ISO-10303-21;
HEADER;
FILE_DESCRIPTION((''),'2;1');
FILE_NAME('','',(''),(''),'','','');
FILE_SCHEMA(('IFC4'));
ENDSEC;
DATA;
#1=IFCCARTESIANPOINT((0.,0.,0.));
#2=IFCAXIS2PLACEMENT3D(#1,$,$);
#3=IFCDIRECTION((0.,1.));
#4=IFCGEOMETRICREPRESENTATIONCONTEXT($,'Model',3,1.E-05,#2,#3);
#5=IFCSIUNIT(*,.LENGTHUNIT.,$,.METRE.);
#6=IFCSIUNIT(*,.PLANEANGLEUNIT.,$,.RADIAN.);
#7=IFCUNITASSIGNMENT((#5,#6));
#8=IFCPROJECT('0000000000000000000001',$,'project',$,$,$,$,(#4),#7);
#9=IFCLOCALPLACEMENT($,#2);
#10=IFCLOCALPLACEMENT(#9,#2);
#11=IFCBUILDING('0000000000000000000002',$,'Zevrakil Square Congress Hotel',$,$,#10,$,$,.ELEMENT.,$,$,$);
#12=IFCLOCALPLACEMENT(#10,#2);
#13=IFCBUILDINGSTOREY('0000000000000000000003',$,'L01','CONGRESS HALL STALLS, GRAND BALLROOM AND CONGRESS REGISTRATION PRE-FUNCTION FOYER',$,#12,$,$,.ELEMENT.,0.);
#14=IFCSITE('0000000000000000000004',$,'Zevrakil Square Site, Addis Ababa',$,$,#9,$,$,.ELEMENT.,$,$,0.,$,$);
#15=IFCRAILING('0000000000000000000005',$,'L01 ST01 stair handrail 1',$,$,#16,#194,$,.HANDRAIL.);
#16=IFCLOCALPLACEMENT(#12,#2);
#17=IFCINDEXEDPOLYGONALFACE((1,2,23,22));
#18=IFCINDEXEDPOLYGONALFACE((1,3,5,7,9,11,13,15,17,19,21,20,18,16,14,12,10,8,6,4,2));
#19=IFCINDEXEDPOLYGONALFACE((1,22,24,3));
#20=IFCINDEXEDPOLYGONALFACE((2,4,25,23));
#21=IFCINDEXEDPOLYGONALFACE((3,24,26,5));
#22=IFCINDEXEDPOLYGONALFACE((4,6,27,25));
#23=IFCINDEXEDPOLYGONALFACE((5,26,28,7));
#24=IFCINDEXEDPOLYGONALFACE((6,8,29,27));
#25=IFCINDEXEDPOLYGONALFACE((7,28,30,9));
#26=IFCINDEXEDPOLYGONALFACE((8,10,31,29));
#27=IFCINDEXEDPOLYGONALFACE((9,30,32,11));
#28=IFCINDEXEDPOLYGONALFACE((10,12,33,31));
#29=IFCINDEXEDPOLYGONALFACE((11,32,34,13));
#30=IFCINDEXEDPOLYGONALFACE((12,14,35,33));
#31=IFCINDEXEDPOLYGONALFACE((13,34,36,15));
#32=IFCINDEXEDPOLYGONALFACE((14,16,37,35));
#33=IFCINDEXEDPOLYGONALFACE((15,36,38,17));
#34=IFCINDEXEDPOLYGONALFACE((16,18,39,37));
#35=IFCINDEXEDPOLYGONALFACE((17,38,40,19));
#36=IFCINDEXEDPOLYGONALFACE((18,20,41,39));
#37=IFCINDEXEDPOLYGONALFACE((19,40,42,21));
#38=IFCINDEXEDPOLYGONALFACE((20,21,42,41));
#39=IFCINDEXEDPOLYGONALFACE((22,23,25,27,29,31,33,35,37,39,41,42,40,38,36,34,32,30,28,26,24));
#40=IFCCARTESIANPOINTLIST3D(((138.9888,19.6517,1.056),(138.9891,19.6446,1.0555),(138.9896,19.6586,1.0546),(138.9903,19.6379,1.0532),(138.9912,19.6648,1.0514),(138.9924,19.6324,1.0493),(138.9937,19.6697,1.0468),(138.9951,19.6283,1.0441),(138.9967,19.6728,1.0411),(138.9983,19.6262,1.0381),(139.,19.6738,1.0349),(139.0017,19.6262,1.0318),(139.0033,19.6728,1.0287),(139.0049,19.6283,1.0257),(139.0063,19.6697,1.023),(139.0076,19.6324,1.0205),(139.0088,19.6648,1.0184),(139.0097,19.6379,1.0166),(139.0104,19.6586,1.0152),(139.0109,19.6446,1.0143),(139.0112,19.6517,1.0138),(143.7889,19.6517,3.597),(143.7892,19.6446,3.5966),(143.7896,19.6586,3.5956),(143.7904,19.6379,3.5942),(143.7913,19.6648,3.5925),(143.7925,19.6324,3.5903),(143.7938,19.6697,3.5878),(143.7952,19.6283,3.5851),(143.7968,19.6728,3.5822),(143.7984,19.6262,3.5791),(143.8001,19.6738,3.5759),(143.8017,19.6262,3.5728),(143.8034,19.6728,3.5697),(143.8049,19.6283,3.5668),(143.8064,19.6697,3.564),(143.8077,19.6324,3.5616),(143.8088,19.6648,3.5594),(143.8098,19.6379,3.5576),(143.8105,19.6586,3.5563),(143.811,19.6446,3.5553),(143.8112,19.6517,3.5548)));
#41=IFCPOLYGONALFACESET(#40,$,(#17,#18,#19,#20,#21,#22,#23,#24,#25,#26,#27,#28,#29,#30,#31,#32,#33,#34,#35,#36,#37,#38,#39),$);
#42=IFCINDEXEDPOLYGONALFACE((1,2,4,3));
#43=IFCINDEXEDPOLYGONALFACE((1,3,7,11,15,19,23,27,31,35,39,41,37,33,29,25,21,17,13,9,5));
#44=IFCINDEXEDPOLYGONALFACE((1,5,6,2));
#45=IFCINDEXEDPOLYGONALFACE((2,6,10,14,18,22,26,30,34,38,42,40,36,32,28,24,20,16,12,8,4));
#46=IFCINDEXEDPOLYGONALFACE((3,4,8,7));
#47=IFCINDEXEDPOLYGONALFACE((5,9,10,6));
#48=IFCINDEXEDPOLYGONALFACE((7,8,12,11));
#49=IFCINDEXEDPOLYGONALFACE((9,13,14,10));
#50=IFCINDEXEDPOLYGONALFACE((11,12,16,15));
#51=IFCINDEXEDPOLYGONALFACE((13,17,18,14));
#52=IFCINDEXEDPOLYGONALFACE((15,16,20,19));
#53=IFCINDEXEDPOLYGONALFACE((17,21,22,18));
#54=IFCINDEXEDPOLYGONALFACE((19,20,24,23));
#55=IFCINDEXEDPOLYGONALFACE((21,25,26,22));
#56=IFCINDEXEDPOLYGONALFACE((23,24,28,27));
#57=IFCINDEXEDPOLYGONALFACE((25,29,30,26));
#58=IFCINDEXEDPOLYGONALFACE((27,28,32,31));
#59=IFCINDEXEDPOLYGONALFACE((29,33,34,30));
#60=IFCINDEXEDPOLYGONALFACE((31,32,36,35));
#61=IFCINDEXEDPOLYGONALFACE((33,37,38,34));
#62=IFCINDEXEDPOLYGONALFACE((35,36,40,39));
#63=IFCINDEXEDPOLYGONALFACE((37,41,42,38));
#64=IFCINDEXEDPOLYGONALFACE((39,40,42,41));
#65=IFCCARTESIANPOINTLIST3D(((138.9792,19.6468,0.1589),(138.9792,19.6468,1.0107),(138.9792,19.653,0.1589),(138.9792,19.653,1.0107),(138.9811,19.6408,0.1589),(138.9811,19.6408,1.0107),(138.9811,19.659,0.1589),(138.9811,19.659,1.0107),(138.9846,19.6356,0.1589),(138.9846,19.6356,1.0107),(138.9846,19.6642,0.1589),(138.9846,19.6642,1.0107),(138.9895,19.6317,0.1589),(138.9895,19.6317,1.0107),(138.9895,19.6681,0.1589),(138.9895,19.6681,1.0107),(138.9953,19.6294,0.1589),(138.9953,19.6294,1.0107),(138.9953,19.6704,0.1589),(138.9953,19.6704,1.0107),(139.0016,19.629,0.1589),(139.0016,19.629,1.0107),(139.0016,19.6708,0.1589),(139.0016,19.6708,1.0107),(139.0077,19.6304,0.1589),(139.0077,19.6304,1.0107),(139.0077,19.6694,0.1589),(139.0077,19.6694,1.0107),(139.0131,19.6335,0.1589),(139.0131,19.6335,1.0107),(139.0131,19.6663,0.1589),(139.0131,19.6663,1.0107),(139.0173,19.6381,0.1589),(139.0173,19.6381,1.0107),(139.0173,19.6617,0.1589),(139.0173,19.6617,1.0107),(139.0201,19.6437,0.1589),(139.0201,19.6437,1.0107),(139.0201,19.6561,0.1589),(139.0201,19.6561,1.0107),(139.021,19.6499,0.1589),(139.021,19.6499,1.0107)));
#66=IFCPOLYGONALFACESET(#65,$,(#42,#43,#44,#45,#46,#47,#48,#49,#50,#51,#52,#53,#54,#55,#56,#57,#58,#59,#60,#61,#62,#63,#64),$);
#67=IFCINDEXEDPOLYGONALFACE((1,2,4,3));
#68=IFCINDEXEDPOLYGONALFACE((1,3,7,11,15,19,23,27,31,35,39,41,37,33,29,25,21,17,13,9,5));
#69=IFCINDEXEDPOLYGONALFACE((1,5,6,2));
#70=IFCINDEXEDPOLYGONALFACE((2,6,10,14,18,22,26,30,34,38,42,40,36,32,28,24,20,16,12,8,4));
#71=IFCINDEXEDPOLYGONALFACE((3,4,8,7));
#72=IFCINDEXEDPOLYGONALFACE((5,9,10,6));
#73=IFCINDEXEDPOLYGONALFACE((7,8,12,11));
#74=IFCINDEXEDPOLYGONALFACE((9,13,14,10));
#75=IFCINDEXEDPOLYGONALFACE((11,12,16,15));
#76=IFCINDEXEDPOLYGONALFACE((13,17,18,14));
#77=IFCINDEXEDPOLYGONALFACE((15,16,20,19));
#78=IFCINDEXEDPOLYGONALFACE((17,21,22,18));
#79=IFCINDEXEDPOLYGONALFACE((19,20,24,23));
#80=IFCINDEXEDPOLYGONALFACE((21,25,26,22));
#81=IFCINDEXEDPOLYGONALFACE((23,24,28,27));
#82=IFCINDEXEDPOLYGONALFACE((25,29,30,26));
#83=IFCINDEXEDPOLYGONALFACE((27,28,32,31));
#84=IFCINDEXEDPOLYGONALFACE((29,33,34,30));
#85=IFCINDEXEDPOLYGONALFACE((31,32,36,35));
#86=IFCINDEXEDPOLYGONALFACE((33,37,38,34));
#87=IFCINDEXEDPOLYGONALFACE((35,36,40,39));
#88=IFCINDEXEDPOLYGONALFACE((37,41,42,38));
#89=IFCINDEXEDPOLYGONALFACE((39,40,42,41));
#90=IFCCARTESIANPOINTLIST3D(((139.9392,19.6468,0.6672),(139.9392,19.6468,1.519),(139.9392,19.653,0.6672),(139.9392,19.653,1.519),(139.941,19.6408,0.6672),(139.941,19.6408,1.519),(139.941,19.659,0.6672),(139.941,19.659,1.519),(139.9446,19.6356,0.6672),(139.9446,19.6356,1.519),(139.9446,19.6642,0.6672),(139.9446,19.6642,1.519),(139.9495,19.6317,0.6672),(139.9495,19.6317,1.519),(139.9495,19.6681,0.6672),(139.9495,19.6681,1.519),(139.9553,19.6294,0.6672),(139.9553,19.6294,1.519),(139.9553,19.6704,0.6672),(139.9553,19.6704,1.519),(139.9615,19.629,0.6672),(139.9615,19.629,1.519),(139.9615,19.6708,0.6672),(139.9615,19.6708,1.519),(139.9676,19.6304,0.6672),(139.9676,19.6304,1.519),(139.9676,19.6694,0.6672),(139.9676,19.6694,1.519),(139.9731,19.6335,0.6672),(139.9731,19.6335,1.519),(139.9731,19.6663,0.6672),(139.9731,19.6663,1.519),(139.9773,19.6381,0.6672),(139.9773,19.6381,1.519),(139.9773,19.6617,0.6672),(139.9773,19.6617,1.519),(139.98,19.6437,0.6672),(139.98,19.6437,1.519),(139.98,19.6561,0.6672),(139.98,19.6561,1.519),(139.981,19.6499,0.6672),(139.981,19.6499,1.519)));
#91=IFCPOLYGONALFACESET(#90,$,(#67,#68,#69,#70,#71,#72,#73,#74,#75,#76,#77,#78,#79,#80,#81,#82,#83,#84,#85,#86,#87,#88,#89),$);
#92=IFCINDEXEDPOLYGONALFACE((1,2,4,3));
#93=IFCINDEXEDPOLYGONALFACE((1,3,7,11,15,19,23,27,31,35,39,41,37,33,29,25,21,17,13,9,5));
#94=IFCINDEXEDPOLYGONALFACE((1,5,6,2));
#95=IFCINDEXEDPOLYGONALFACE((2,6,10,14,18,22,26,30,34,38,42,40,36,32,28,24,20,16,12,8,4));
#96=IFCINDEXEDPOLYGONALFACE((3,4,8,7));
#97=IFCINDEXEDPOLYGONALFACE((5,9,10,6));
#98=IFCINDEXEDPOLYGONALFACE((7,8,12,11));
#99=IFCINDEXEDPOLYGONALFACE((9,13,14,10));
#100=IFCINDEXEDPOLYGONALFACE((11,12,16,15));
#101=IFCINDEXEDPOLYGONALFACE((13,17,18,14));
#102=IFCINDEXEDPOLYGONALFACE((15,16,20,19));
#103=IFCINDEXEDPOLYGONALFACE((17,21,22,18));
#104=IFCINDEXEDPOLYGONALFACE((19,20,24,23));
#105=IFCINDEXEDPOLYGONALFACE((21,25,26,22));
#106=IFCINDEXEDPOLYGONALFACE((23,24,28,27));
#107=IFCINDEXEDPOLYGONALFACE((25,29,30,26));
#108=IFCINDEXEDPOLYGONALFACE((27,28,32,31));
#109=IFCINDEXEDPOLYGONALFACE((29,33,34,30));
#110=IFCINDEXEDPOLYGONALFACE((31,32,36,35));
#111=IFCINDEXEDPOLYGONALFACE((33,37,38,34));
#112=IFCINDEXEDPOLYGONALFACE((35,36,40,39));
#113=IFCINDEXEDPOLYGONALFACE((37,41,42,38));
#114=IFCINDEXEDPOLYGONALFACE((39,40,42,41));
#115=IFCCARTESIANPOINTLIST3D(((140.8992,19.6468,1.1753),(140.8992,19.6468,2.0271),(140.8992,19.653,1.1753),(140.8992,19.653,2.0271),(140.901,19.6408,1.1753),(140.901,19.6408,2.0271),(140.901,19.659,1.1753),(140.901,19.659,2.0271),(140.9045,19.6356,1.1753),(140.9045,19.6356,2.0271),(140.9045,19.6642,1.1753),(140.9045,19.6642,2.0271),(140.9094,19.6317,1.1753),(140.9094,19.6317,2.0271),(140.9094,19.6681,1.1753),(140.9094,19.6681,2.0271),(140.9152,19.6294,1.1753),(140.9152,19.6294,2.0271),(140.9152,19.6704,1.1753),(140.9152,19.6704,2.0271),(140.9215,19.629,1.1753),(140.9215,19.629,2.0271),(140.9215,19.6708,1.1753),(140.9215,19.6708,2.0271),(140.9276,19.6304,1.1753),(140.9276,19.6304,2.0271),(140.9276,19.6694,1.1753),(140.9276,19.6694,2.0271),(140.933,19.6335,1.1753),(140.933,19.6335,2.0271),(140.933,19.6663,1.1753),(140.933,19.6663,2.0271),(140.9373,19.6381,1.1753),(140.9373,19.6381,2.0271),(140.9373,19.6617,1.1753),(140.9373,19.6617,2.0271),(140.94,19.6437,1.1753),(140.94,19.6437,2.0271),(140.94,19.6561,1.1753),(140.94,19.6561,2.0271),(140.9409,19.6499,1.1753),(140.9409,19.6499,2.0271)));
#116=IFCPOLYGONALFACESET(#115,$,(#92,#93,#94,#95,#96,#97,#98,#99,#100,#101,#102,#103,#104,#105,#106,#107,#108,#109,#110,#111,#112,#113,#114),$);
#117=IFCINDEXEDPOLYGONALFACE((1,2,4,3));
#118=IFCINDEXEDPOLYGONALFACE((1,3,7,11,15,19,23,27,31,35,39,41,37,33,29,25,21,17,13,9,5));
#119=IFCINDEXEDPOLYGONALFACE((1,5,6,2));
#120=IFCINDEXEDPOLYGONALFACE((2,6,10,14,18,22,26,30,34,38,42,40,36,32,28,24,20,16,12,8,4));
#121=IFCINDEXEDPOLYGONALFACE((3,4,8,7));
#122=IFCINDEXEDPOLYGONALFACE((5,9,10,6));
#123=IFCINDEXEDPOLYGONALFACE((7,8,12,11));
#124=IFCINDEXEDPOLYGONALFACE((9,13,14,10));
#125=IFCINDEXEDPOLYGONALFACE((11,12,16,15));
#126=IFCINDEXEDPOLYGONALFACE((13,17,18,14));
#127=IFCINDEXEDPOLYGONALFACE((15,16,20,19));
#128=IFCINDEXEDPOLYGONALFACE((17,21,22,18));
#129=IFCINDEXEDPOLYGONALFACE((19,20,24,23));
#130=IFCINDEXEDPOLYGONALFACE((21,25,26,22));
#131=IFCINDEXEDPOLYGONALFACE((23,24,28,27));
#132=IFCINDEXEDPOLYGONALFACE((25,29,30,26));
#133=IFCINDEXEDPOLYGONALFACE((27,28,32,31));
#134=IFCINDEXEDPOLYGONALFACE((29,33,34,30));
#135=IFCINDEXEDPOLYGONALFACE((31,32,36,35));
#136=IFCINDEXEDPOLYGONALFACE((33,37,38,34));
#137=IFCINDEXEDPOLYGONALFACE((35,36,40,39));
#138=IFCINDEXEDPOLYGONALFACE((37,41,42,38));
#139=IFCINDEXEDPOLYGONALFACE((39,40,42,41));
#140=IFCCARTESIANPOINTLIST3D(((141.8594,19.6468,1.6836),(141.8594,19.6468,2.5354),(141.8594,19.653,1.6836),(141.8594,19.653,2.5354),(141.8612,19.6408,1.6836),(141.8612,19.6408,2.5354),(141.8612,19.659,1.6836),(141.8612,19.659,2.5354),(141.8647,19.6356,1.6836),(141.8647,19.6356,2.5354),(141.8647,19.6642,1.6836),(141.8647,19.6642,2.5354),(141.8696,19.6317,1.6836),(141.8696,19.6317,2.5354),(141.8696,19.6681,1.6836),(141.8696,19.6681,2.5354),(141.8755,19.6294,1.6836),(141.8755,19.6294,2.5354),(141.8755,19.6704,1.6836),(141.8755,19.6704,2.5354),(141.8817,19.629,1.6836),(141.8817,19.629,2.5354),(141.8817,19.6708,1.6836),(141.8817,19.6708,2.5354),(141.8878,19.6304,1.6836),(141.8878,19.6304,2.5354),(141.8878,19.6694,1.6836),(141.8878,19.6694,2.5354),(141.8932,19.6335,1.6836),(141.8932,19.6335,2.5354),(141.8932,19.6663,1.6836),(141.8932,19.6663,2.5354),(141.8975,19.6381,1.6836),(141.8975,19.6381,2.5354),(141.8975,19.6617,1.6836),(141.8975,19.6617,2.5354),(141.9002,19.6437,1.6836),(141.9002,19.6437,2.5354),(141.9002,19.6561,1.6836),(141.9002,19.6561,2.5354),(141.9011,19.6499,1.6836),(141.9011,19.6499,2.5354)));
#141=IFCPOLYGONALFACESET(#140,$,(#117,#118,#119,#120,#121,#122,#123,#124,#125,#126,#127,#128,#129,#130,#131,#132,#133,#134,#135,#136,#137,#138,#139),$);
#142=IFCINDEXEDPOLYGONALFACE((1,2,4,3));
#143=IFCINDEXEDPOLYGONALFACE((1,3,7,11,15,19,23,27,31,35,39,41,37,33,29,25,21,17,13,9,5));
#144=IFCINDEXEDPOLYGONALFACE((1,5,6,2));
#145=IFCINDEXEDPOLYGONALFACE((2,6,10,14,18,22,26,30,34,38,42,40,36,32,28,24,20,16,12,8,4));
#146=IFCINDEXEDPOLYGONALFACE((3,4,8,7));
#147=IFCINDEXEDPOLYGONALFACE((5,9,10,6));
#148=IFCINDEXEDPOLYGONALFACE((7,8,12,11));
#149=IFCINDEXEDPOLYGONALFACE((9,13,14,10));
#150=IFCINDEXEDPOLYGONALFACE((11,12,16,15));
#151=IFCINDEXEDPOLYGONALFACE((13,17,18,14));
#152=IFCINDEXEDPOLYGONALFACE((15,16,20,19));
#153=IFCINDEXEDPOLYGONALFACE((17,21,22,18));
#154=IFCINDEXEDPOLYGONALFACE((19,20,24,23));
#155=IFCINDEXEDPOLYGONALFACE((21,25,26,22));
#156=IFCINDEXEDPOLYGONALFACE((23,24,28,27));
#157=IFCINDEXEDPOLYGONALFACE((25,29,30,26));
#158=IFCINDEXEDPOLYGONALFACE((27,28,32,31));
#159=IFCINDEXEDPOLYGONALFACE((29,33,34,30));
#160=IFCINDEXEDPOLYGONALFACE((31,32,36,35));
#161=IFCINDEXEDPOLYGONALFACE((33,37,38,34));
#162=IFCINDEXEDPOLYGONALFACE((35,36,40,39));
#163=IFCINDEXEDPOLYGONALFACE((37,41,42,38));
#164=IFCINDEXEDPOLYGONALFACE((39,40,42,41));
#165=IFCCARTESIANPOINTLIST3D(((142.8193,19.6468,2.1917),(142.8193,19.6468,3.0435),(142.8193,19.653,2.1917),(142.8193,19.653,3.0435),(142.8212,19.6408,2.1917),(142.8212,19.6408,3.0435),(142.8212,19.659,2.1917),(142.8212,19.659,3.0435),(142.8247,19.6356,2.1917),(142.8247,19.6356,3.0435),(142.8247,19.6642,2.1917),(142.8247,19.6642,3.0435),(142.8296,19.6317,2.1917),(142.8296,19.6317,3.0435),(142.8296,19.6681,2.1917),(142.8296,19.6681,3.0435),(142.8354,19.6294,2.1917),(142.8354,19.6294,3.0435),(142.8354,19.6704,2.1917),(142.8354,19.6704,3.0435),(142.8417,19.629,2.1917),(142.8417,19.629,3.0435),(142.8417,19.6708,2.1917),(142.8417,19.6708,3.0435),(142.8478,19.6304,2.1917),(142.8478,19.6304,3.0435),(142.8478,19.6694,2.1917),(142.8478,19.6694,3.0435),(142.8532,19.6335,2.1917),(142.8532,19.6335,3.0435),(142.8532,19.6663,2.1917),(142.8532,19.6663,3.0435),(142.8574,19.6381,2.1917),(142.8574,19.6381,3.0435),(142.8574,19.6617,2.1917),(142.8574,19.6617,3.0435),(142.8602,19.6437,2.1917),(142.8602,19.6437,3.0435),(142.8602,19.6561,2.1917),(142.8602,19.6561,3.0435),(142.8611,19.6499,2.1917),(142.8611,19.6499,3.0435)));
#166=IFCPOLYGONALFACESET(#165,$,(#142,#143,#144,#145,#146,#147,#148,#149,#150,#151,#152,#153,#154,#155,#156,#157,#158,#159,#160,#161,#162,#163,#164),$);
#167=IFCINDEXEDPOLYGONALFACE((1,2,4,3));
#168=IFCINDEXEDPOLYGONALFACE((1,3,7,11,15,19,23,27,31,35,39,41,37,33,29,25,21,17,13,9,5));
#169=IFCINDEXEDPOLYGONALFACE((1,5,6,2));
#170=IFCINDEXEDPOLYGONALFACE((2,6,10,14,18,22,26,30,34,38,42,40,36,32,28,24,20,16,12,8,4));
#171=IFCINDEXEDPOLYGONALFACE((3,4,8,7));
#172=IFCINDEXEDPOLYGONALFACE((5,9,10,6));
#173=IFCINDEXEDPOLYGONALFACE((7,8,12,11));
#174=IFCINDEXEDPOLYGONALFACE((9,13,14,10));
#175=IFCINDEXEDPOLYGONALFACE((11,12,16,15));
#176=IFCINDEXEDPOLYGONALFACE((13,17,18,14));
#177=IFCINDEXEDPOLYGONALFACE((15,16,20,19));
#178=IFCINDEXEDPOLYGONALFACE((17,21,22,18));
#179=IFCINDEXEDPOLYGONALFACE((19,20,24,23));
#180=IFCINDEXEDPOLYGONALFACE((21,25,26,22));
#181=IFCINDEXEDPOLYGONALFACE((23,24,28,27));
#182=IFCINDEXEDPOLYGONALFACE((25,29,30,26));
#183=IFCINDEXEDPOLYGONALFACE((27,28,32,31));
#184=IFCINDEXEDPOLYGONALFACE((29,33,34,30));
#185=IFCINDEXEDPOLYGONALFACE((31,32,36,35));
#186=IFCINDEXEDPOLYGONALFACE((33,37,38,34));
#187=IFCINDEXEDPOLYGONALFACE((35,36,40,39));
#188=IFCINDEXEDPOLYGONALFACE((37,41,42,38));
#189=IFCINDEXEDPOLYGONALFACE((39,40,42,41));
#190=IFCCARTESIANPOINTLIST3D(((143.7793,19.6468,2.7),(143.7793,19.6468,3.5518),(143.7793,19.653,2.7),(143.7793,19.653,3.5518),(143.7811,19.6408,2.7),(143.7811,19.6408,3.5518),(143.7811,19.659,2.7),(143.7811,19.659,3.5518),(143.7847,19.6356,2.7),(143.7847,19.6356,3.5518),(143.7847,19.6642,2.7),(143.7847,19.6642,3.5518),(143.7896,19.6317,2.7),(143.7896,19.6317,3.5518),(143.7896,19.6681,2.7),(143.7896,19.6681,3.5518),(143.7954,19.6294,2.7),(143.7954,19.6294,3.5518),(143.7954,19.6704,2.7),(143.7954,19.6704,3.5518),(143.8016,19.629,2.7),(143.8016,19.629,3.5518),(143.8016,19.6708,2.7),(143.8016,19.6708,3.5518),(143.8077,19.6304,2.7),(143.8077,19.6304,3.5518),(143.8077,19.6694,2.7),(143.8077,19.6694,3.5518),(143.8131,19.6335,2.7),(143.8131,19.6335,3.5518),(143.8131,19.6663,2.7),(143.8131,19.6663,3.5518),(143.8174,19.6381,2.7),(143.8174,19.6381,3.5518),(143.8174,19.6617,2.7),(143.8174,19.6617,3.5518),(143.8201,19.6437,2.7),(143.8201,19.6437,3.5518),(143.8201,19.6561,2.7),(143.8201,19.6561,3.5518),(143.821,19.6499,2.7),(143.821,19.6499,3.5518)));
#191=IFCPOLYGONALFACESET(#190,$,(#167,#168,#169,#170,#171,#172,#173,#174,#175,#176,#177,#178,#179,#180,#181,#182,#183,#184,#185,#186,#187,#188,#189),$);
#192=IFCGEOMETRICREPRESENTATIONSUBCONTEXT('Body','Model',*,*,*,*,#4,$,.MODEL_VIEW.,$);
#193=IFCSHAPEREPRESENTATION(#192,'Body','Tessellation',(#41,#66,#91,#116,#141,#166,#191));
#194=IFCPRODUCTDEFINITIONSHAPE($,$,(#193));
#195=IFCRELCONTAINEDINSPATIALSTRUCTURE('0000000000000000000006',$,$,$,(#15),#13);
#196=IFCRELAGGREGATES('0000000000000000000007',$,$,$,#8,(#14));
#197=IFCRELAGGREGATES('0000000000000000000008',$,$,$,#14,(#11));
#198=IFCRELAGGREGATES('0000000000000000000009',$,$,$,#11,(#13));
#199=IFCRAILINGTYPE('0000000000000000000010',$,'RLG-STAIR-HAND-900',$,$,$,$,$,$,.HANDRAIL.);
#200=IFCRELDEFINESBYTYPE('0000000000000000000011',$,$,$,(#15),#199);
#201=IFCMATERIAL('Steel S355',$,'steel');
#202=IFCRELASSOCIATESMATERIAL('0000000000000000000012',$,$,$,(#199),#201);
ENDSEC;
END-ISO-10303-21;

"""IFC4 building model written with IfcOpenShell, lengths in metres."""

from ifc_helpers import new_model, si_unit, direction, frame, origin, origin_2d, place, context, subcontext, project, spatial, circle, extrude, material, type_object, element, save


model = new_model("IFC4")

# Units and contexts
model_context = context("Model", 3, precision=1e-05, world=origin(), true_north=direction((0.0, 1.0)))
body_context = subcontext(model_context, "Body", "Model", "MODEL_VIEW")
ifc_project = project(units=[si_unit("LENGTHUNIT", "METRE"), si_unit("PLANEANGLEUNIT", "RADIAN")], contexts=[model_context])

# Site, building, storey
site_placement = place(None, origin())
site = spatial("IfcSite", under=ifc_project, at=site_placement, Name="Zevrakil Square Site, Addis Ababa", CompositionType="ELEMENT", RefElevation=0.0)
building_placement = place(site_placement, origin())
building = spatial("IfcBuilding", under=site, at=building_placement, Name="Zevrakil Square Congress Hotel", CompositionType="ELEMENT")
storey_placement = place(building_placement, origin())
storey = spatial("IfcBuildingStorey", under=building, at=storey_placement, Name="L01", Description="CONGRESS HALL STALLS, GRAND BALLROOM AND CONGRESS REGISTRATION PRE-FUNCTION FOYER", CompositionType="ELEMENT", Elevation=0.0)

# Railing
ifc_material_1 = material(Name="Steel S355", Category="steel")
railing_type_1 = type_object("IfcRailingType", Name="RLG-STAIR-HAND-900", PredefinedType="HANDRAIL", material=ifc_material_1)
railing_1_placement = place(storey_placement, frame((139.0, 19.6499, 0.1589)))
element("IfcRailing", 1, at=railing_1_placement, inside=storey, type_object=railing_type_1, Name="L01 ST01 stair handrail 1", PredefinedType="HANDRAIL", context=body_context, shape_type="SweptSolid", body=[
    extrude(circle(Radius=0.0239, at=origin_2d()), frame((0.0, 0.0, 0.876), z_axis=(0.883802, 0.0, 0.467861), x_axis=(0.0, 1.0, 0.0)), (0.0, 0.0, 1.0), 5.4312),
    extrude(circle(Radius=0.021, at=origin_2d()), origin(), (0.0, 0.0, 1.0), 0.8518),
    extrude(circle(Radius=0.021, at=origin_2d()), frame((0.96, 0.0, 0.5083)), (0.0, 0.0, 1.0), 0.8518),
    extrude(circle(Radius=0.021, at=origin_2d()), frame((1.9199, 0.0, 1.0164)), (0.0, 0.0, 1.0), 0.8518),
    extrude(circle(Radius=0.021, at=origin_2d()), frame((2.8801, 0.0, 1.5247)), (0.0, 0.0, 1.0), 0.8518),
    extrude(circle(Radius=0.021, at=origin_2d()), frame((3.8401, 0.0, 2.0327)), (0.0, 0.0, 1.0), 0.8518),
    extrude(circle(Radius=0.021, at=origin_2d()), frame((4.8, 0.0, 2.541)), (0.0, 0.0, 1.0), 0.8518),
])

save(model, "model.ifc")
